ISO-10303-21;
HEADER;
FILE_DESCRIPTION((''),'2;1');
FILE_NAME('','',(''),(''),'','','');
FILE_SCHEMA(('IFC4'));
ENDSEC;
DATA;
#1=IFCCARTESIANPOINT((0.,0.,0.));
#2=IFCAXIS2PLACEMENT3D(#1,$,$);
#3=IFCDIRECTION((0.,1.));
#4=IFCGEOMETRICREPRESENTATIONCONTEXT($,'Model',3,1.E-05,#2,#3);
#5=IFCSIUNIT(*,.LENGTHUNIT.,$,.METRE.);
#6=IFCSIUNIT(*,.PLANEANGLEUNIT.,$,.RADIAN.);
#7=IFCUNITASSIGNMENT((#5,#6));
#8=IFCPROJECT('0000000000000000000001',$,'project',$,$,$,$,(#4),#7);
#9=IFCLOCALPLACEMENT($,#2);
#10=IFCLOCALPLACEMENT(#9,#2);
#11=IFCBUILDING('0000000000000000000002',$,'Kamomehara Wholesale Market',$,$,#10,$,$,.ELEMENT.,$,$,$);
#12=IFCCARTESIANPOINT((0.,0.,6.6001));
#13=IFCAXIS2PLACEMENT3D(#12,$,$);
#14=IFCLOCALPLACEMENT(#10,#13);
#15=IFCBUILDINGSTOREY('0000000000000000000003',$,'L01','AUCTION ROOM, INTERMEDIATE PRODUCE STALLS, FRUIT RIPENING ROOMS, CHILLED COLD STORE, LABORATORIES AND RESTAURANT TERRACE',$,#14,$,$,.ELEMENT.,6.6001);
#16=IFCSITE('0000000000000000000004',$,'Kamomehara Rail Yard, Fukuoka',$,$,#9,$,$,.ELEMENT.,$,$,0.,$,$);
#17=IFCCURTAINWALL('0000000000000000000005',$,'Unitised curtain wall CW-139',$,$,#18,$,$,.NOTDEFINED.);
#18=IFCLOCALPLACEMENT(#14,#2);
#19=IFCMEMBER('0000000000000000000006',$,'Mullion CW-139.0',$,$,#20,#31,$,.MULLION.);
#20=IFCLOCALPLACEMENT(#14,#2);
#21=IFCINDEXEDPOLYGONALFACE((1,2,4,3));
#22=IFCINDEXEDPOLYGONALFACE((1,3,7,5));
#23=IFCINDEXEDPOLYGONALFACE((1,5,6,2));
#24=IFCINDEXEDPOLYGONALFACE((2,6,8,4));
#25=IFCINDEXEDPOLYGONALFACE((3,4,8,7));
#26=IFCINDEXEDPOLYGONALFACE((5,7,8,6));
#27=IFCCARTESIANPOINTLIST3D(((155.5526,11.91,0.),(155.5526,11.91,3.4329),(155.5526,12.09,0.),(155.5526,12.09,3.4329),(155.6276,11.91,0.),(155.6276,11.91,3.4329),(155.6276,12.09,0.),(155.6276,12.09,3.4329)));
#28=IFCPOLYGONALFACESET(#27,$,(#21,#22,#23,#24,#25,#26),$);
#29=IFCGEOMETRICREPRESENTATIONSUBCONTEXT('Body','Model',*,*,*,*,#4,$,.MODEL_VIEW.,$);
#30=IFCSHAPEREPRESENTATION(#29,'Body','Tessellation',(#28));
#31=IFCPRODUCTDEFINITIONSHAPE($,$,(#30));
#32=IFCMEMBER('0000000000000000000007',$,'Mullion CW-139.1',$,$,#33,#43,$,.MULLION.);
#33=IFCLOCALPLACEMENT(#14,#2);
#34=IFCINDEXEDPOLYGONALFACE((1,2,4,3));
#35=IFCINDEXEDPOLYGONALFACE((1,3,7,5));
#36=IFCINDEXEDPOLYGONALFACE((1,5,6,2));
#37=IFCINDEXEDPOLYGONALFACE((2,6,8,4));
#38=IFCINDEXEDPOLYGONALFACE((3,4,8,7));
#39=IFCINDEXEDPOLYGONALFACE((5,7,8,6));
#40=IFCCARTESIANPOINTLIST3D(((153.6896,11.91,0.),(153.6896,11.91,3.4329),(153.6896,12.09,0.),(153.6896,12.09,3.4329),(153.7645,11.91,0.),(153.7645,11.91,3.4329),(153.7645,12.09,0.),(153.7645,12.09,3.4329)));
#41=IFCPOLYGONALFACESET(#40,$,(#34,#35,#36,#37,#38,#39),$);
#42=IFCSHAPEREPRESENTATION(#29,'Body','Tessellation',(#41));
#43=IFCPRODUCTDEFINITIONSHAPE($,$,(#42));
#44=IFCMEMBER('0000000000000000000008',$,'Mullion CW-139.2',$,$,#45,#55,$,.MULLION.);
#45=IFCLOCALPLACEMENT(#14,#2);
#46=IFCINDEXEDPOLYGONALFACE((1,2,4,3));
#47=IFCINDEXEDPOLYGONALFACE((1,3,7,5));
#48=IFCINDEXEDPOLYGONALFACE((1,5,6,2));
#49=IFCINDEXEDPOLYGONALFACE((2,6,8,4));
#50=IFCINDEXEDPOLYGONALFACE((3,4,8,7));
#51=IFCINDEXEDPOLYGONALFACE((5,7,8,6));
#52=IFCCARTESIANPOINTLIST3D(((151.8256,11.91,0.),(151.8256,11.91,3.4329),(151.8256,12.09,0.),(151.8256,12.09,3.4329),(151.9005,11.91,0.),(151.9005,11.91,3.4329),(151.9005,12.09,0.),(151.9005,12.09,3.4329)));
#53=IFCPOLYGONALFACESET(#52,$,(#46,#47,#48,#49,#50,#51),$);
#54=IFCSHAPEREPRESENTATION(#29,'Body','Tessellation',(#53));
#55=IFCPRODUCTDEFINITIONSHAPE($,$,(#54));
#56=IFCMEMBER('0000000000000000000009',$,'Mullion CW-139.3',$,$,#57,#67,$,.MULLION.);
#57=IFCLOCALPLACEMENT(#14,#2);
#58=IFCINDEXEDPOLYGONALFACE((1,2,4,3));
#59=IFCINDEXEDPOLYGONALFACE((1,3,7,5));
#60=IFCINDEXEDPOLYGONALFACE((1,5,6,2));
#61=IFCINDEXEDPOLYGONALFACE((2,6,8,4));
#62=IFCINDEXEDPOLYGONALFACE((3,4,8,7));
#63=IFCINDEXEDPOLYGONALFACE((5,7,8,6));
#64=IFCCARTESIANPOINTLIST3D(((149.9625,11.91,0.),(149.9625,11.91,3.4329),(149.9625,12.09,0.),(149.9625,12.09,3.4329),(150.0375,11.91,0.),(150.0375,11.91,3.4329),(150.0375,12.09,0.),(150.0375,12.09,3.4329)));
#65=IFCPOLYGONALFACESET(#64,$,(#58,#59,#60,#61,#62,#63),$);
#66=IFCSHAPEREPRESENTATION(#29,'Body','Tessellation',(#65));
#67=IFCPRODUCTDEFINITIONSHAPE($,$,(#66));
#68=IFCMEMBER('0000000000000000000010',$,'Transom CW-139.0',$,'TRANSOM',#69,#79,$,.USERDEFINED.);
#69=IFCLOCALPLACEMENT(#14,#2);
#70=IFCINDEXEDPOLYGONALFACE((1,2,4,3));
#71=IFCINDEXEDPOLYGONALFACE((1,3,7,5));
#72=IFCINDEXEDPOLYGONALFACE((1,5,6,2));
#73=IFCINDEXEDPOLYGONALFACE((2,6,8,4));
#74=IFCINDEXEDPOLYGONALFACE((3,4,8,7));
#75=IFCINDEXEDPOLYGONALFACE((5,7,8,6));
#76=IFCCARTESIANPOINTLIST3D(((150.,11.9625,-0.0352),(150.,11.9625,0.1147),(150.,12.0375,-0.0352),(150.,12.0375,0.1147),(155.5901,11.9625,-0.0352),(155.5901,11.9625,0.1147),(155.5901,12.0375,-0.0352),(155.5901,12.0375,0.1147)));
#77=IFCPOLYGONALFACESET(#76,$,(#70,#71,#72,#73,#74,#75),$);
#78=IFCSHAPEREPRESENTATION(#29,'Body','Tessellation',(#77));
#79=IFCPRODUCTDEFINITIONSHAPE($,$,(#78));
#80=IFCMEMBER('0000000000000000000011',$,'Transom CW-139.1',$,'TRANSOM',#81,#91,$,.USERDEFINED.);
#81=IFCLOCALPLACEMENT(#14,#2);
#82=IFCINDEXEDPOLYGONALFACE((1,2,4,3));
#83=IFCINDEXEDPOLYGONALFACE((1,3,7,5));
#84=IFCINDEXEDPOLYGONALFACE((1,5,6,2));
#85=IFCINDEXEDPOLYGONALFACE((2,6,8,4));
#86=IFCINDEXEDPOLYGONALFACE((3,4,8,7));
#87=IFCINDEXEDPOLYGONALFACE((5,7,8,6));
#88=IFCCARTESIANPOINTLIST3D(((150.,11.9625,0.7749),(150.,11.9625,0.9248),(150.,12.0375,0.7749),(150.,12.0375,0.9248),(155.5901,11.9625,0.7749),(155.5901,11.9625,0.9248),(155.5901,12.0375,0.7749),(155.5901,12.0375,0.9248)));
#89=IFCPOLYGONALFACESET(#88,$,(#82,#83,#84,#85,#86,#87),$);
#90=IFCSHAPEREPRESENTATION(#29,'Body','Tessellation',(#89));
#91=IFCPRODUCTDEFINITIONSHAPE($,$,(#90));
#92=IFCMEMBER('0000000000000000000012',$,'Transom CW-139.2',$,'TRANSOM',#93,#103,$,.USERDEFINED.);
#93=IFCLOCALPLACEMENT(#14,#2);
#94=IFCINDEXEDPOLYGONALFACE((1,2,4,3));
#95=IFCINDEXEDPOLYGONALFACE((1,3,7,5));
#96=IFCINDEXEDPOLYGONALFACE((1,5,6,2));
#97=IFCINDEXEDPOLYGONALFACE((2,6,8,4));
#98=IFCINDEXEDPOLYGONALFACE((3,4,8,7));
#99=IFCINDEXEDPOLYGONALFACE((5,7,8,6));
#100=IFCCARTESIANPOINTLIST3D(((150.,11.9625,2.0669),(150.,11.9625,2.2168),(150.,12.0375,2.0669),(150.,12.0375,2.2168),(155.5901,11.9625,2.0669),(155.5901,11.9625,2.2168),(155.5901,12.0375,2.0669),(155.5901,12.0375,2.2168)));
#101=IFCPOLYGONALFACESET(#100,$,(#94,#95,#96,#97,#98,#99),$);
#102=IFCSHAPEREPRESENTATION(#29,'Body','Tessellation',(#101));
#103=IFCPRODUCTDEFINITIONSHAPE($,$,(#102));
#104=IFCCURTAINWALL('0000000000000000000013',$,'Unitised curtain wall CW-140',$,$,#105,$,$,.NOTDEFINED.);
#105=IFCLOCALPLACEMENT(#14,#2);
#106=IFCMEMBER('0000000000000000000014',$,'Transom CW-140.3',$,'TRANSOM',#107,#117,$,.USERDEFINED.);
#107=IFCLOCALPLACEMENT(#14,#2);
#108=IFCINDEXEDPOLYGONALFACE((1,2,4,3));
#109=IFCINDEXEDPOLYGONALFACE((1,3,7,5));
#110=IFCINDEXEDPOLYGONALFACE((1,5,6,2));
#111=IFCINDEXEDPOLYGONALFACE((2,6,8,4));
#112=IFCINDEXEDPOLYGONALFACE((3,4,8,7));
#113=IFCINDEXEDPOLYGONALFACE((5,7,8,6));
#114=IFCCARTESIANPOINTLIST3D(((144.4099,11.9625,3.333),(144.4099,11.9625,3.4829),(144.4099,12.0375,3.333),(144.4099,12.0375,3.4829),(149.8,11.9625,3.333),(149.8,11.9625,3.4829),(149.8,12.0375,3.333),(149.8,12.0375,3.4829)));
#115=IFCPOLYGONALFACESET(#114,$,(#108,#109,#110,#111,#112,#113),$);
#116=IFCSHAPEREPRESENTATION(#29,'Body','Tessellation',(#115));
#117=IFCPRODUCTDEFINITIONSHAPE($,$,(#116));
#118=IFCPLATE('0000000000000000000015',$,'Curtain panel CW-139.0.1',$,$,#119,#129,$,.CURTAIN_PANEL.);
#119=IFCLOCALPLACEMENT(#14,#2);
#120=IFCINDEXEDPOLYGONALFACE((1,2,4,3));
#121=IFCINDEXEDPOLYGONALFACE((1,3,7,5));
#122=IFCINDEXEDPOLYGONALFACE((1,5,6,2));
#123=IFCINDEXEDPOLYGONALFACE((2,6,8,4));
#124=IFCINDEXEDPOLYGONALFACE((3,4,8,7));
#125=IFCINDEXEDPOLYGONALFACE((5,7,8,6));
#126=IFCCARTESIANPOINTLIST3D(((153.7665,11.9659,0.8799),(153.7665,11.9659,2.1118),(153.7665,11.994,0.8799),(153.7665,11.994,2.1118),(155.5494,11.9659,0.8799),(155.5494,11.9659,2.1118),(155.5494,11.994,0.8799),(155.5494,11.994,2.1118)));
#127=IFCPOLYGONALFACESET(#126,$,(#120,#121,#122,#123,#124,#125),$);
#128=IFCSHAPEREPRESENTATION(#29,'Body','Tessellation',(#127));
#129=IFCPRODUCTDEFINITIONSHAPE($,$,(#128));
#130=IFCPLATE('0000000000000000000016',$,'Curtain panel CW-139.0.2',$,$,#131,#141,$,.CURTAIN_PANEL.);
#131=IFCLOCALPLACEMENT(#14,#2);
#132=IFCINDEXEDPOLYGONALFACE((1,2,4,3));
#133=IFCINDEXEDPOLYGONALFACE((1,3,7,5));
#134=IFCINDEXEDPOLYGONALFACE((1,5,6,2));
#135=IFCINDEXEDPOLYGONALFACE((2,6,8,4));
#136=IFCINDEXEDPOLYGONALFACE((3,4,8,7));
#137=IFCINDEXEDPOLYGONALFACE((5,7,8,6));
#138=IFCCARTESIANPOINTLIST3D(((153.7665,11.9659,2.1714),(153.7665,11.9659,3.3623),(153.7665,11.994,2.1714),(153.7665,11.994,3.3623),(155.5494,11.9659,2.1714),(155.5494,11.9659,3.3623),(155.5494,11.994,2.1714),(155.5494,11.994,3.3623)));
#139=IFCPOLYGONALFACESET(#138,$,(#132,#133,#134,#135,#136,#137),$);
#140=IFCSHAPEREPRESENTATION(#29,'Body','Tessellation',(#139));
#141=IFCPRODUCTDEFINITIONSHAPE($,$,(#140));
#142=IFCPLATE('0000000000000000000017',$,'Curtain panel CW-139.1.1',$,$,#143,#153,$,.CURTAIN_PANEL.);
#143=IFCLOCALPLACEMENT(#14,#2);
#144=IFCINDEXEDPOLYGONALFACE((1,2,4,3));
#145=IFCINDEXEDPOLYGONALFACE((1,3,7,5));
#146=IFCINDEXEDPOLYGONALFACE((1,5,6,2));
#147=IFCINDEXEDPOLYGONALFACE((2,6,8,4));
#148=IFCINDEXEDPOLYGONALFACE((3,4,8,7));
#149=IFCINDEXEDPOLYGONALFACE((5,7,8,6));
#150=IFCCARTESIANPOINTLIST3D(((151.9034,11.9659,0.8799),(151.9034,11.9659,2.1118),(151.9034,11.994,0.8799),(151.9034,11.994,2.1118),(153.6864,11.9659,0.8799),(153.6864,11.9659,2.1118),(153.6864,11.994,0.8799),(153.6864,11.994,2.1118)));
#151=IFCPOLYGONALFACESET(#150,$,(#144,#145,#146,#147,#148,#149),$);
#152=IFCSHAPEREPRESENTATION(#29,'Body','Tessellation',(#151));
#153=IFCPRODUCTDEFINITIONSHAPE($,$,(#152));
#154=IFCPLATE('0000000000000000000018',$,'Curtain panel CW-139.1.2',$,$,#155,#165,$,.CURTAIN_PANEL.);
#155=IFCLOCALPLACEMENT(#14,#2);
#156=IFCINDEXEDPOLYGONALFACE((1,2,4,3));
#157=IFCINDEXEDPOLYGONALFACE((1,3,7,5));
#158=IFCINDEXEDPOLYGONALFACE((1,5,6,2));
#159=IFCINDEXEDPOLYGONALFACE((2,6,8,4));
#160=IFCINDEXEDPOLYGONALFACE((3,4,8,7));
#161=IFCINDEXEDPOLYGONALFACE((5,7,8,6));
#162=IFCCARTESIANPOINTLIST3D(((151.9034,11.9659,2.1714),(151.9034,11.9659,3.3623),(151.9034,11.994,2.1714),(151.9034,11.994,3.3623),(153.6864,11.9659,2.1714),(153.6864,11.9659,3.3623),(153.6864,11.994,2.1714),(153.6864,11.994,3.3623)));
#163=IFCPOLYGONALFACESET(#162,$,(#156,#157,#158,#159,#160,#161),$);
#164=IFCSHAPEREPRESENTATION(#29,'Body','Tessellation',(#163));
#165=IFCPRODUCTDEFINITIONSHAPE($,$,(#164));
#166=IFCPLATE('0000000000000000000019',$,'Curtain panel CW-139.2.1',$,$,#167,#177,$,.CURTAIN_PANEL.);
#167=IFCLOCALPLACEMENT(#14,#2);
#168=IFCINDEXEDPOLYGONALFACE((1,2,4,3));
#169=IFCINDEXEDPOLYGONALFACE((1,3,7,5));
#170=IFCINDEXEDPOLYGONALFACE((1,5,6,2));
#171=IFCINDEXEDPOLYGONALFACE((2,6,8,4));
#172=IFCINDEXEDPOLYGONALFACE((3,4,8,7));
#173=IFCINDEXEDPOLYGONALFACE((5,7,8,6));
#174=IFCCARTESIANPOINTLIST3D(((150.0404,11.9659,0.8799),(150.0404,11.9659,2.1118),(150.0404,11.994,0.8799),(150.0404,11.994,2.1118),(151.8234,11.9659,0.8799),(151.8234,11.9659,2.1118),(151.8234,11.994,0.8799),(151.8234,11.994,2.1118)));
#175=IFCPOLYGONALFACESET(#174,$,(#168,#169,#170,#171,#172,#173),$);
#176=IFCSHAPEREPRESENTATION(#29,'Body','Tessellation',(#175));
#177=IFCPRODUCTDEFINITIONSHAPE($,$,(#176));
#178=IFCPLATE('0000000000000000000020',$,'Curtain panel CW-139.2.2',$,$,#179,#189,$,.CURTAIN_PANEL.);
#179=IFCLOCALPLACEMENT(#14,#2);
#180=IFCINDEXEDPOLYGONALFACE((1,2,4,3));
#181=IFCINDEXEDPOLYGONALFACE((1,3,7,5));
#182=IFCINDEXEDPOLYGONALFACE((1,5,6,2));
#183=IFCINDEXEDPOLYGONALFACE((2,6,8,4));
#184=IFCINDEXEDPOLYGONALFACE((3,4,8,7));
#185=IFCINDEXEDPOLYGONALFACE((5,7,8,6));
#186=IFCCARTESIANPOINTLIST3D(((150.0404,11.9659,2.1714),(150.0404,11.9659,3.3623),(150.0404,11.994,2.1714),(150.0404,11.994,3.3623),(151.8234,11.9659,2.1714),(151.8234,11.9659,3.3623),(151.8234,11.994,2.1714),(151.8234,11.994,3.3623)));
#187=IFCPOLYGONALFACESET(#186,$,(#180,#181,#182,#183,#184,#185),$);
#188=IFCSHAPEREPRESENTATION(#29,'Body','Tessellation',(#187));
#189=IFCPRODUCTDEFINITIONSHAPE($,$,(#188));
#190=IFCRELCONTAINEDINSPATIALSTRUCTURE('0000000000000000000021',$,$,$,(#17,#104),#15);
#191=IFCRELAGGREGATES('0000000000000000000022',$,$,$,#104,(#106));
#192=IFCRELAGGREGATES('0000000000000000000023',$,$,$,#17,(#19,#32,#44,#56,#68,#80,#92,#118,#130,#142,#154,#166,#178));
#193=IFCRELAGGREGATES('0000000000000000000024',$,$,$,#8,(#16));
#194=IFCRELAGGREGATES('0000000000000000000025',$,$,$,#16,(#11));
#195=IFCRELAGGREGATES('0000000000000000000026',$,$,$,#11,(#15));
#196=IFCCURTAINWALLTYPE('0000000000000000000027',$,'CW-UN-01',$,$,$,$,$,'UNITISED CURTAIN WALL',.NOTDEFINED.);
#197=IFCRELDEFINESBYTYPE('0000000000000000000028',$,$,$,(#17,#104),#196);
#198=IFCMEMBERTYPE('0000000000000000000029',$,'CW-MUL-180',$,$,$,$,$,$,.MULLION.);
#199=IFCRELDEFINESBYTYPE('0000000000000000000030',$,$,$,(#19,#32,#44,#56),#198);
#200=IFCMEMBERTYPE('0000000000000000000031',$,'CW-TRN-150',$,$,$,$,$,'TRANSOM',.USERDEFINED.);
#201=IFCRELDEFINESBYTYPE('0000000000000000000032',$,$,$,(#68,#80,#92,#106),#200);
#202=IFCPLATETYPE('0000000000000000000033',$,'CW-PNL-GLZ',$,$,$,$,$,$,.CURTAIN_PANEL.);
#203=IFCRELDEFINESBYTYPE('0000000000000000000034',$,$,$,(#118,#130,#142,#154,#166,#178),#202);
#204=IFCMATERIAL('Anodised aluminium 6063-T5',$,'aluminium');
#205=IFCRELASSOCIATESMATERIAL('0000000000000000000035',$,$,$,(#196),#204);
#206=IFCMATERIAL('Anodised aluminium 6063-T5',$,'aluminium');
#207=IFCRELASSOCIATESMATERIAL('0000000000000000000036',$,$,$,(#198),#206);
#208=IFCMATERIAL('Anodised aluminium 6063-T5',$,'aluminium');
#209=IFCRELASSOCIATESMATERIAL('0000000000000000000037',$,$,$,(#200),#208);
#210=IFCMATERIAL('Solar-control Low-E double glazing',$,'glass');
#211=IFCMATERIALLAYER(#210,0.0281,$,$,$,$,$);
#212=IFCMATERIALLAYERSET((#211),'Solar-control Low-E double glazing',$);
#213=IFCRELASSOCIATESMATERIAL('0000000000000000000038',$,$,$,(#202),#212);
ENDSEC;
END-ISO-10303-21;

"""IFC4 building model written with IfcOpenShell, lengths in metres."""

from ifc_helpers import new_model, si_unit, direction, frame, origin, origin_2d, place, context, subcontext, project, spatial, rectangle, extrude, material, layer, layer_set, material_profile, profile_set, type_object, element, aggregate, save


model = new_model("IFC4")

# Units and contexts
model_context = context("Model", 3, precision=1e-05, world=origin(), true_north=direction((0.0, 1.0)))
body_context = subcontext(model_context, "Body", "Model", "MODEL_VIEW")
ifc_project = project(units=[si_unit("LENGTHUNIT", "METRE"), si_unit("PLANEANGLEUNIT", "RADIAN")], contexts=[model_context])

# Site, building, storey
site_placement = place(None, origin())
site = spatial("IfcSite", under=ifc_project, at=site_placement, Name="Kamomehara Rail Yard, Fukuoka", CompositionType="ELEMENT", RefElevation=0.0)
building_placement = place(site_placement, origin())
building = spatial("IfcBuilding", under=site, at=building_placement, Name="Kamomehara Wholesale Market", CompositionType="ELEMENT")
storey_placement = place(building_placement, frame((0.0, 0.0, 6.6001)))
storey = spatial("IfcBuildingStorey", under=building, at=storey_placement, Name="L01", Description="AUCTION ROOM, INTERMEDIATE PRODUCE STALLS, FRUIT RIPENING ROOMS, CHILLED COLD STORE, LABORATORIES AND RESTAURANT TERRACE", CompositionType="ELEMENT", Elevation=6.6001)

# Curtain wall, members
ifc_material_1 = material(Name="Anodised aluminium 6063-T5", Category="aluminium")
curtain_wall_type = type_object("IfcCurtainWallType", Name="CW-UN-01", ElementType="UNITISED CURTAIN WALL", PredefinedType="NOTDEFINED", material=ifc_material_1)
curtain_wall_1_placement = place(storey_placement, origin())
curtain_wall_1 = element("IfcCurtainWall", 1, at=curtain_wall_1_placement, inside=storey, type_object=curtain_wall_type, Name="Unitised curtain wall CW-139", PredefinedType="NOTDEFINED")
ifc_material_2 = material(Name="Anodised aluminium 6063-T5", Category="aluminium")
ifc_material_profile_1 = material_profile(ifc_material_2, rectangle(XDim=0.075, YDim=0.1799, at=origin_2d()), Name="ALU-MUL-75x180")
ifc_profile_set_1 = profile_set([ifc_material_profile_1], Name="Anodised aluminium 6063-T5")
member_type_1 = type_object("IfcMemberType", Name="CW-MUL-180", PredefinedType="MULLION", material=ifc_profile_set_1)
member_1_placement = place(storey_placement, frame((155.5901, 12.0, 0.0), z_axis=(0.0, 0.0, 1.0), x_axis=(-1.0, 0.0, 0.0)))
member_1 = element("IfcMember", 2, at=member_1_placement, type_object=member_type_1, Name="Mullion CW-139.0", PredefinedType="MULLION", context=body_context, shape_type="SweptSolid", body=[
    extrude(rectangle(XDim=0.075, YDim=0.1799, at=origin_2d()), origin(), (0.0, 0.0, 1.0), 3.4329),
])
member_2_placement = place(storey_placement, frame((153.7271, 12.0, 0.0), z_axis=(0.0, 0.0, 1.0), x_axis=(-1.0, 0.0, 0.0)))
member_2 = element("IfcMember", 3, at=member_2_placement, type_object=member_type_1, Name="Mullion CW-139.1", PredefinedType="MULLION", context=body_context, shape_type="SweptSolid", body=[
    extrude(rectangle(XDim=0.075, YDim=0.1799, at=origin_2d()), origin(), (0.0, 0.0, 1.0), 3.4329),
])
member_3_placement = place(storey_placement, frame((151.863, 12.0, 0.0), z_axis=(0.0, 0.0, 1.0), x_axis=(-1.0, 0.0, 0.0)))
member_3 = element("IfcMember", 4, at=member_3_placement, type_object=member_type_1, Name="Mullion CW-139.2", PredefinedType="MULLION", context=body_context, shape_type="SweptSolid", body=[
    extrude(rectangle(XDim=0.075, YDim=0.1799, at=origin_2d()), origin(), (0.0, 0.0, 1.0), 3.4329),
])
member_4_placement = place(storey_placement, frame((150.0, 12.0, 0.0), z_axis=(0.0, 0.0, 1.0), x_axis=(-1.0, 0.0, 0.0)))
member_4 = element("IfcMember", 5, at=member_4_placement, type_object=member_type_1, Name="Mullion CW-139.3", PredefinedType="MULLION", context=body_context, shape_type="SweptSolid", body=[
    extrude(rectangle(XDim=0.075, YDim=0.1799, at=origin_2d()), origin(), (0.0, 0.0, 1.0), 3.4329),
])
ifc_material_3 = material(Name="Anodised aluminium 6063-T5", Category="aluminium")
ifc_material_profile_2 = material_profile(ifc_material_3, rectangle(XDim=0.075, YDim=0.1499, at=origin_2d()), Name="ALU-TRN-75x150")
ifc_profile_set_2 = profile_set([ifc_material_profile_2], Name="Anodised aluminium 6063-T5")
member_type_2 = type_object("IfcMemberType", Name="CW-TRN-150", ElementType="TRANSOM", PredefinedType="USERDEFINED", material=ifc_profile_set_2)
member_5_placement = place(storey_placement, frame((155.5901, 12.0, 0.0398), z_axis=(-1.0, 0.0, 0.0), x_axis=(0.0, -1.0, 0.0)))
member_5 = element("IfcMember", 6, at=member_5_placement, type_object=member_type_2, Name="Transom CW-139.0", ObjectType="TRANSOM", PredefinedType="USERDEFINED", context=body_context, shape_type="SweptSolid", body=[
    extrude(rectangle(XDim=0.075, YDim=0.1499, at=origin_2d()), origin(), (0.0, 0.0, 1.0), 5.5901),
])
member_6_placement = place(storey_placement, frame((155.5901, 12.0, 0.8499), z_axis=(-1.0, 0.0, 0.0), x_axis=(0.0, -1.0, 0.0)))
member_6 = element("IfcMember", 7, at=member_6_placement, type_object=member_type_2, Name="Transom CW-139.1", ObjectType="TRANSOM", PredefinedType="USERDEFINED", context=body_context, shape_type="SweptSolid", body=[
    extrude(rectangle(XDim=0.075, YDim=0.1499, at=origin_2d()), origin(), (0.0, 0.0, 1.0), 5.5901),
])
member_7_placement = place(storey_placement, frame((155.5901, 12.0, 2.1418), z_axis=(-1.0, 0.0, 0.0), x_axis=(0.0, -1.0, 0.0)))
member_7 = element("IfcMember", 8, at=member_7_placement, type_object=member_type_2, Name="Transom CW-139.2", ObjectType="TRANSOM", PredefinedType="USERDEFINED", context=body_context, shape_type="SweptSolid", body=[
    extrude(rectangle(XDim=0.075, YDim=0.1499, at=origin_2d()), origin(), (0.0, 0.0, 1.0), 5.5901),
])

# Curtain wall, member
curtain_wall_2_placement = place(storey_placement, origin())
curtain_wall_2 = element("IfcCurtainWall", 9, at=curtain_wall_2_placement, inside=storey, type_object=curtain_wall_type, Name="Unitised curtain wall CW-140", PredefinedType="NOTDEFINED")
member_8_placement = place(storey_placement, frame((149.8, 12.0, 3.408), z_axis=(-1.0, 0.0, 0.0), x_axis=(0.0, -1.0, 0.0)))
member_8 = element("IfcMember", 10, at=member_8_placement, type_object=member_type_2, Name="Transom CW-140.3", ObjectType="TRANSOM", PredefinedType="USERDEFINED", context=body_context, shape_type="SweptSolid", body=[
    extrude(rectangle(XDim=0.075, YDim=0.1499, at=origin_2d()), origin(), (0.0, 0.0, 1.0), 5.3901),
])
aggregate(curtain_wall_2, [member_8])

# Plates
ifc_material_4 = material(Name="Solar-control Low-E double glazing", Category="glass")
ifc_layer_1 = layer(ifc_material_4, 0.0281)
ifc_layer_set_1 = layer_set([ifc_layer_1], Name="Solar-control Low-E double glazing")
plate_type_1 = type_object("IfcPlateType", Name="CW-PNL-GLZ", PredefinedType="CURTAIN_PANEL", material=ifc_layer_set_1)
plate_1_placement = place(storey_placement, frame((154.658, 11.98, 0.8799), z_axis=(0.0, 0.0, 1.0), x_axis=(-1.0, 0.0, 0.0)))
plate_1 = element("IfcPlate", 11, at=plate_1_placement, type_object=plate_type_1, Name="Curtain panel CW-139.0.1", PredefinedType="CURTAIN_PANEL", context=body_context, shape_type="SweptSolid", body=[
    extrude(rectangle(XDim=1.783, YDim=0.0281, at=origin_2d()), origin(), (0.0, 0.0, 1.0), 1.2319),
])
plate_2_placement = place(storey_placement, frame((154.658, 11.98, 2.1714), z_axis=(0.0, 0.0, 1.0), x_axis=(-1.0, 0.0, 0.0)))
plate_2 = element("IfcPlate", 12, at=plate_2_placement, type_object=plate_type_1, Name="Curtain panel CW-139.0.2", PredefinedType="CURTAIN_PANEL", context=body_context, shape_type="SweptSolid", body=[
    extrude(rectangle(XDim=1.783, YDim=0.0281, at=origin_2d()), origin(), (0.0, 0.0, 1.0), 1.1909),
])
plate_3_placement = place(storey_placement, frame((152.7949, 11.98, 0.8799), z_axis=(0.0, 0.0, 1.0), x_axis=(-1.0, 0.0, 0.0)))
plate_3 = element("IfcPlate", 13, at=plate_3_placement, type_object=plate_type_1, Name="Curtain panel CW-139.1.1", PredefinedType="CURTAIN_PANEL", context=body_context, shape_type="SweptSolid", body=[
    extrude(rectangle(XDim=1.783, YDim=0.0281, at=origin_2d()), origin(), (0.0, 0.0, 1.0), 1.2319),
])
plate_4_placement = place(storey_placement, frame((152.7949, 11.98, 2.1714), z_axis=(0.0, 0.0, 1.0), x_axis=(-1.0, 0.0, 0.0)))
plate_4 = element("IfcPlate", 14, at=plate_4_placement, type_object=plate_type_1, Name="Curtain panel CW-139.1.2", PredefinedType="CURTAIN_PANEL", context=body_context, shape_type="SweptSolid", body=[
    extrude(rectangle(XDim=1.783, YDim=0.0281, at=origin_2d()), origin(), (0.0, 0.0, 1.0), 1.1909),
])
plate_5_placement = place(storey_placement, frame((150.9319, 11.98, 0.8799), z_axis=(0.0, 0.0, 1.0), x_axis=(-1.0, 0.0, 0.0)))
plate_5 = element("IfcPlate", 15, at=plate_5_placement, type_object=plate_type_1, Name="Curtain panel CW-139.2.1", PredefinedType="CURTAIN_PANEL", context=body_context, shape_type="SweptSolid", body=[
    extrude(rectangle(XDim=1.783, YDim=0.0281, at=origin_2d()), origin(), (0.0, 0.0, 1.0), 1.2319),
])
plate_6_placement = place(storey_placement, frame((150.9319, 11.98, 2.1714), z_axis=(0.0, 0.0, 1.0), x_axis=(-1.0, 0.0, 0.0)))
plate_6 = element("IfcPlate", 16, at=plate_6_placement, type_object=plate_type_1, Name="Curtain panel CW-139.2.2", PredefinedType="CURTAIN_PANEL", context=body_context, shape_type="SweptSolid", body=[
    extrude(rectangle(XDim=1.783, YDim=0.0281, at=origin_2d()), origin(), (0.0, 0.0, 1.0), 1.1909),
])

aggregate(curtain_wall_1, [member_1, member_2, member_3, member_4, member_5, member_6, member_7, plate_1, plate_2, plate_3, plate_4, plate_5, plate_6])

save(model, "model.ifc")
